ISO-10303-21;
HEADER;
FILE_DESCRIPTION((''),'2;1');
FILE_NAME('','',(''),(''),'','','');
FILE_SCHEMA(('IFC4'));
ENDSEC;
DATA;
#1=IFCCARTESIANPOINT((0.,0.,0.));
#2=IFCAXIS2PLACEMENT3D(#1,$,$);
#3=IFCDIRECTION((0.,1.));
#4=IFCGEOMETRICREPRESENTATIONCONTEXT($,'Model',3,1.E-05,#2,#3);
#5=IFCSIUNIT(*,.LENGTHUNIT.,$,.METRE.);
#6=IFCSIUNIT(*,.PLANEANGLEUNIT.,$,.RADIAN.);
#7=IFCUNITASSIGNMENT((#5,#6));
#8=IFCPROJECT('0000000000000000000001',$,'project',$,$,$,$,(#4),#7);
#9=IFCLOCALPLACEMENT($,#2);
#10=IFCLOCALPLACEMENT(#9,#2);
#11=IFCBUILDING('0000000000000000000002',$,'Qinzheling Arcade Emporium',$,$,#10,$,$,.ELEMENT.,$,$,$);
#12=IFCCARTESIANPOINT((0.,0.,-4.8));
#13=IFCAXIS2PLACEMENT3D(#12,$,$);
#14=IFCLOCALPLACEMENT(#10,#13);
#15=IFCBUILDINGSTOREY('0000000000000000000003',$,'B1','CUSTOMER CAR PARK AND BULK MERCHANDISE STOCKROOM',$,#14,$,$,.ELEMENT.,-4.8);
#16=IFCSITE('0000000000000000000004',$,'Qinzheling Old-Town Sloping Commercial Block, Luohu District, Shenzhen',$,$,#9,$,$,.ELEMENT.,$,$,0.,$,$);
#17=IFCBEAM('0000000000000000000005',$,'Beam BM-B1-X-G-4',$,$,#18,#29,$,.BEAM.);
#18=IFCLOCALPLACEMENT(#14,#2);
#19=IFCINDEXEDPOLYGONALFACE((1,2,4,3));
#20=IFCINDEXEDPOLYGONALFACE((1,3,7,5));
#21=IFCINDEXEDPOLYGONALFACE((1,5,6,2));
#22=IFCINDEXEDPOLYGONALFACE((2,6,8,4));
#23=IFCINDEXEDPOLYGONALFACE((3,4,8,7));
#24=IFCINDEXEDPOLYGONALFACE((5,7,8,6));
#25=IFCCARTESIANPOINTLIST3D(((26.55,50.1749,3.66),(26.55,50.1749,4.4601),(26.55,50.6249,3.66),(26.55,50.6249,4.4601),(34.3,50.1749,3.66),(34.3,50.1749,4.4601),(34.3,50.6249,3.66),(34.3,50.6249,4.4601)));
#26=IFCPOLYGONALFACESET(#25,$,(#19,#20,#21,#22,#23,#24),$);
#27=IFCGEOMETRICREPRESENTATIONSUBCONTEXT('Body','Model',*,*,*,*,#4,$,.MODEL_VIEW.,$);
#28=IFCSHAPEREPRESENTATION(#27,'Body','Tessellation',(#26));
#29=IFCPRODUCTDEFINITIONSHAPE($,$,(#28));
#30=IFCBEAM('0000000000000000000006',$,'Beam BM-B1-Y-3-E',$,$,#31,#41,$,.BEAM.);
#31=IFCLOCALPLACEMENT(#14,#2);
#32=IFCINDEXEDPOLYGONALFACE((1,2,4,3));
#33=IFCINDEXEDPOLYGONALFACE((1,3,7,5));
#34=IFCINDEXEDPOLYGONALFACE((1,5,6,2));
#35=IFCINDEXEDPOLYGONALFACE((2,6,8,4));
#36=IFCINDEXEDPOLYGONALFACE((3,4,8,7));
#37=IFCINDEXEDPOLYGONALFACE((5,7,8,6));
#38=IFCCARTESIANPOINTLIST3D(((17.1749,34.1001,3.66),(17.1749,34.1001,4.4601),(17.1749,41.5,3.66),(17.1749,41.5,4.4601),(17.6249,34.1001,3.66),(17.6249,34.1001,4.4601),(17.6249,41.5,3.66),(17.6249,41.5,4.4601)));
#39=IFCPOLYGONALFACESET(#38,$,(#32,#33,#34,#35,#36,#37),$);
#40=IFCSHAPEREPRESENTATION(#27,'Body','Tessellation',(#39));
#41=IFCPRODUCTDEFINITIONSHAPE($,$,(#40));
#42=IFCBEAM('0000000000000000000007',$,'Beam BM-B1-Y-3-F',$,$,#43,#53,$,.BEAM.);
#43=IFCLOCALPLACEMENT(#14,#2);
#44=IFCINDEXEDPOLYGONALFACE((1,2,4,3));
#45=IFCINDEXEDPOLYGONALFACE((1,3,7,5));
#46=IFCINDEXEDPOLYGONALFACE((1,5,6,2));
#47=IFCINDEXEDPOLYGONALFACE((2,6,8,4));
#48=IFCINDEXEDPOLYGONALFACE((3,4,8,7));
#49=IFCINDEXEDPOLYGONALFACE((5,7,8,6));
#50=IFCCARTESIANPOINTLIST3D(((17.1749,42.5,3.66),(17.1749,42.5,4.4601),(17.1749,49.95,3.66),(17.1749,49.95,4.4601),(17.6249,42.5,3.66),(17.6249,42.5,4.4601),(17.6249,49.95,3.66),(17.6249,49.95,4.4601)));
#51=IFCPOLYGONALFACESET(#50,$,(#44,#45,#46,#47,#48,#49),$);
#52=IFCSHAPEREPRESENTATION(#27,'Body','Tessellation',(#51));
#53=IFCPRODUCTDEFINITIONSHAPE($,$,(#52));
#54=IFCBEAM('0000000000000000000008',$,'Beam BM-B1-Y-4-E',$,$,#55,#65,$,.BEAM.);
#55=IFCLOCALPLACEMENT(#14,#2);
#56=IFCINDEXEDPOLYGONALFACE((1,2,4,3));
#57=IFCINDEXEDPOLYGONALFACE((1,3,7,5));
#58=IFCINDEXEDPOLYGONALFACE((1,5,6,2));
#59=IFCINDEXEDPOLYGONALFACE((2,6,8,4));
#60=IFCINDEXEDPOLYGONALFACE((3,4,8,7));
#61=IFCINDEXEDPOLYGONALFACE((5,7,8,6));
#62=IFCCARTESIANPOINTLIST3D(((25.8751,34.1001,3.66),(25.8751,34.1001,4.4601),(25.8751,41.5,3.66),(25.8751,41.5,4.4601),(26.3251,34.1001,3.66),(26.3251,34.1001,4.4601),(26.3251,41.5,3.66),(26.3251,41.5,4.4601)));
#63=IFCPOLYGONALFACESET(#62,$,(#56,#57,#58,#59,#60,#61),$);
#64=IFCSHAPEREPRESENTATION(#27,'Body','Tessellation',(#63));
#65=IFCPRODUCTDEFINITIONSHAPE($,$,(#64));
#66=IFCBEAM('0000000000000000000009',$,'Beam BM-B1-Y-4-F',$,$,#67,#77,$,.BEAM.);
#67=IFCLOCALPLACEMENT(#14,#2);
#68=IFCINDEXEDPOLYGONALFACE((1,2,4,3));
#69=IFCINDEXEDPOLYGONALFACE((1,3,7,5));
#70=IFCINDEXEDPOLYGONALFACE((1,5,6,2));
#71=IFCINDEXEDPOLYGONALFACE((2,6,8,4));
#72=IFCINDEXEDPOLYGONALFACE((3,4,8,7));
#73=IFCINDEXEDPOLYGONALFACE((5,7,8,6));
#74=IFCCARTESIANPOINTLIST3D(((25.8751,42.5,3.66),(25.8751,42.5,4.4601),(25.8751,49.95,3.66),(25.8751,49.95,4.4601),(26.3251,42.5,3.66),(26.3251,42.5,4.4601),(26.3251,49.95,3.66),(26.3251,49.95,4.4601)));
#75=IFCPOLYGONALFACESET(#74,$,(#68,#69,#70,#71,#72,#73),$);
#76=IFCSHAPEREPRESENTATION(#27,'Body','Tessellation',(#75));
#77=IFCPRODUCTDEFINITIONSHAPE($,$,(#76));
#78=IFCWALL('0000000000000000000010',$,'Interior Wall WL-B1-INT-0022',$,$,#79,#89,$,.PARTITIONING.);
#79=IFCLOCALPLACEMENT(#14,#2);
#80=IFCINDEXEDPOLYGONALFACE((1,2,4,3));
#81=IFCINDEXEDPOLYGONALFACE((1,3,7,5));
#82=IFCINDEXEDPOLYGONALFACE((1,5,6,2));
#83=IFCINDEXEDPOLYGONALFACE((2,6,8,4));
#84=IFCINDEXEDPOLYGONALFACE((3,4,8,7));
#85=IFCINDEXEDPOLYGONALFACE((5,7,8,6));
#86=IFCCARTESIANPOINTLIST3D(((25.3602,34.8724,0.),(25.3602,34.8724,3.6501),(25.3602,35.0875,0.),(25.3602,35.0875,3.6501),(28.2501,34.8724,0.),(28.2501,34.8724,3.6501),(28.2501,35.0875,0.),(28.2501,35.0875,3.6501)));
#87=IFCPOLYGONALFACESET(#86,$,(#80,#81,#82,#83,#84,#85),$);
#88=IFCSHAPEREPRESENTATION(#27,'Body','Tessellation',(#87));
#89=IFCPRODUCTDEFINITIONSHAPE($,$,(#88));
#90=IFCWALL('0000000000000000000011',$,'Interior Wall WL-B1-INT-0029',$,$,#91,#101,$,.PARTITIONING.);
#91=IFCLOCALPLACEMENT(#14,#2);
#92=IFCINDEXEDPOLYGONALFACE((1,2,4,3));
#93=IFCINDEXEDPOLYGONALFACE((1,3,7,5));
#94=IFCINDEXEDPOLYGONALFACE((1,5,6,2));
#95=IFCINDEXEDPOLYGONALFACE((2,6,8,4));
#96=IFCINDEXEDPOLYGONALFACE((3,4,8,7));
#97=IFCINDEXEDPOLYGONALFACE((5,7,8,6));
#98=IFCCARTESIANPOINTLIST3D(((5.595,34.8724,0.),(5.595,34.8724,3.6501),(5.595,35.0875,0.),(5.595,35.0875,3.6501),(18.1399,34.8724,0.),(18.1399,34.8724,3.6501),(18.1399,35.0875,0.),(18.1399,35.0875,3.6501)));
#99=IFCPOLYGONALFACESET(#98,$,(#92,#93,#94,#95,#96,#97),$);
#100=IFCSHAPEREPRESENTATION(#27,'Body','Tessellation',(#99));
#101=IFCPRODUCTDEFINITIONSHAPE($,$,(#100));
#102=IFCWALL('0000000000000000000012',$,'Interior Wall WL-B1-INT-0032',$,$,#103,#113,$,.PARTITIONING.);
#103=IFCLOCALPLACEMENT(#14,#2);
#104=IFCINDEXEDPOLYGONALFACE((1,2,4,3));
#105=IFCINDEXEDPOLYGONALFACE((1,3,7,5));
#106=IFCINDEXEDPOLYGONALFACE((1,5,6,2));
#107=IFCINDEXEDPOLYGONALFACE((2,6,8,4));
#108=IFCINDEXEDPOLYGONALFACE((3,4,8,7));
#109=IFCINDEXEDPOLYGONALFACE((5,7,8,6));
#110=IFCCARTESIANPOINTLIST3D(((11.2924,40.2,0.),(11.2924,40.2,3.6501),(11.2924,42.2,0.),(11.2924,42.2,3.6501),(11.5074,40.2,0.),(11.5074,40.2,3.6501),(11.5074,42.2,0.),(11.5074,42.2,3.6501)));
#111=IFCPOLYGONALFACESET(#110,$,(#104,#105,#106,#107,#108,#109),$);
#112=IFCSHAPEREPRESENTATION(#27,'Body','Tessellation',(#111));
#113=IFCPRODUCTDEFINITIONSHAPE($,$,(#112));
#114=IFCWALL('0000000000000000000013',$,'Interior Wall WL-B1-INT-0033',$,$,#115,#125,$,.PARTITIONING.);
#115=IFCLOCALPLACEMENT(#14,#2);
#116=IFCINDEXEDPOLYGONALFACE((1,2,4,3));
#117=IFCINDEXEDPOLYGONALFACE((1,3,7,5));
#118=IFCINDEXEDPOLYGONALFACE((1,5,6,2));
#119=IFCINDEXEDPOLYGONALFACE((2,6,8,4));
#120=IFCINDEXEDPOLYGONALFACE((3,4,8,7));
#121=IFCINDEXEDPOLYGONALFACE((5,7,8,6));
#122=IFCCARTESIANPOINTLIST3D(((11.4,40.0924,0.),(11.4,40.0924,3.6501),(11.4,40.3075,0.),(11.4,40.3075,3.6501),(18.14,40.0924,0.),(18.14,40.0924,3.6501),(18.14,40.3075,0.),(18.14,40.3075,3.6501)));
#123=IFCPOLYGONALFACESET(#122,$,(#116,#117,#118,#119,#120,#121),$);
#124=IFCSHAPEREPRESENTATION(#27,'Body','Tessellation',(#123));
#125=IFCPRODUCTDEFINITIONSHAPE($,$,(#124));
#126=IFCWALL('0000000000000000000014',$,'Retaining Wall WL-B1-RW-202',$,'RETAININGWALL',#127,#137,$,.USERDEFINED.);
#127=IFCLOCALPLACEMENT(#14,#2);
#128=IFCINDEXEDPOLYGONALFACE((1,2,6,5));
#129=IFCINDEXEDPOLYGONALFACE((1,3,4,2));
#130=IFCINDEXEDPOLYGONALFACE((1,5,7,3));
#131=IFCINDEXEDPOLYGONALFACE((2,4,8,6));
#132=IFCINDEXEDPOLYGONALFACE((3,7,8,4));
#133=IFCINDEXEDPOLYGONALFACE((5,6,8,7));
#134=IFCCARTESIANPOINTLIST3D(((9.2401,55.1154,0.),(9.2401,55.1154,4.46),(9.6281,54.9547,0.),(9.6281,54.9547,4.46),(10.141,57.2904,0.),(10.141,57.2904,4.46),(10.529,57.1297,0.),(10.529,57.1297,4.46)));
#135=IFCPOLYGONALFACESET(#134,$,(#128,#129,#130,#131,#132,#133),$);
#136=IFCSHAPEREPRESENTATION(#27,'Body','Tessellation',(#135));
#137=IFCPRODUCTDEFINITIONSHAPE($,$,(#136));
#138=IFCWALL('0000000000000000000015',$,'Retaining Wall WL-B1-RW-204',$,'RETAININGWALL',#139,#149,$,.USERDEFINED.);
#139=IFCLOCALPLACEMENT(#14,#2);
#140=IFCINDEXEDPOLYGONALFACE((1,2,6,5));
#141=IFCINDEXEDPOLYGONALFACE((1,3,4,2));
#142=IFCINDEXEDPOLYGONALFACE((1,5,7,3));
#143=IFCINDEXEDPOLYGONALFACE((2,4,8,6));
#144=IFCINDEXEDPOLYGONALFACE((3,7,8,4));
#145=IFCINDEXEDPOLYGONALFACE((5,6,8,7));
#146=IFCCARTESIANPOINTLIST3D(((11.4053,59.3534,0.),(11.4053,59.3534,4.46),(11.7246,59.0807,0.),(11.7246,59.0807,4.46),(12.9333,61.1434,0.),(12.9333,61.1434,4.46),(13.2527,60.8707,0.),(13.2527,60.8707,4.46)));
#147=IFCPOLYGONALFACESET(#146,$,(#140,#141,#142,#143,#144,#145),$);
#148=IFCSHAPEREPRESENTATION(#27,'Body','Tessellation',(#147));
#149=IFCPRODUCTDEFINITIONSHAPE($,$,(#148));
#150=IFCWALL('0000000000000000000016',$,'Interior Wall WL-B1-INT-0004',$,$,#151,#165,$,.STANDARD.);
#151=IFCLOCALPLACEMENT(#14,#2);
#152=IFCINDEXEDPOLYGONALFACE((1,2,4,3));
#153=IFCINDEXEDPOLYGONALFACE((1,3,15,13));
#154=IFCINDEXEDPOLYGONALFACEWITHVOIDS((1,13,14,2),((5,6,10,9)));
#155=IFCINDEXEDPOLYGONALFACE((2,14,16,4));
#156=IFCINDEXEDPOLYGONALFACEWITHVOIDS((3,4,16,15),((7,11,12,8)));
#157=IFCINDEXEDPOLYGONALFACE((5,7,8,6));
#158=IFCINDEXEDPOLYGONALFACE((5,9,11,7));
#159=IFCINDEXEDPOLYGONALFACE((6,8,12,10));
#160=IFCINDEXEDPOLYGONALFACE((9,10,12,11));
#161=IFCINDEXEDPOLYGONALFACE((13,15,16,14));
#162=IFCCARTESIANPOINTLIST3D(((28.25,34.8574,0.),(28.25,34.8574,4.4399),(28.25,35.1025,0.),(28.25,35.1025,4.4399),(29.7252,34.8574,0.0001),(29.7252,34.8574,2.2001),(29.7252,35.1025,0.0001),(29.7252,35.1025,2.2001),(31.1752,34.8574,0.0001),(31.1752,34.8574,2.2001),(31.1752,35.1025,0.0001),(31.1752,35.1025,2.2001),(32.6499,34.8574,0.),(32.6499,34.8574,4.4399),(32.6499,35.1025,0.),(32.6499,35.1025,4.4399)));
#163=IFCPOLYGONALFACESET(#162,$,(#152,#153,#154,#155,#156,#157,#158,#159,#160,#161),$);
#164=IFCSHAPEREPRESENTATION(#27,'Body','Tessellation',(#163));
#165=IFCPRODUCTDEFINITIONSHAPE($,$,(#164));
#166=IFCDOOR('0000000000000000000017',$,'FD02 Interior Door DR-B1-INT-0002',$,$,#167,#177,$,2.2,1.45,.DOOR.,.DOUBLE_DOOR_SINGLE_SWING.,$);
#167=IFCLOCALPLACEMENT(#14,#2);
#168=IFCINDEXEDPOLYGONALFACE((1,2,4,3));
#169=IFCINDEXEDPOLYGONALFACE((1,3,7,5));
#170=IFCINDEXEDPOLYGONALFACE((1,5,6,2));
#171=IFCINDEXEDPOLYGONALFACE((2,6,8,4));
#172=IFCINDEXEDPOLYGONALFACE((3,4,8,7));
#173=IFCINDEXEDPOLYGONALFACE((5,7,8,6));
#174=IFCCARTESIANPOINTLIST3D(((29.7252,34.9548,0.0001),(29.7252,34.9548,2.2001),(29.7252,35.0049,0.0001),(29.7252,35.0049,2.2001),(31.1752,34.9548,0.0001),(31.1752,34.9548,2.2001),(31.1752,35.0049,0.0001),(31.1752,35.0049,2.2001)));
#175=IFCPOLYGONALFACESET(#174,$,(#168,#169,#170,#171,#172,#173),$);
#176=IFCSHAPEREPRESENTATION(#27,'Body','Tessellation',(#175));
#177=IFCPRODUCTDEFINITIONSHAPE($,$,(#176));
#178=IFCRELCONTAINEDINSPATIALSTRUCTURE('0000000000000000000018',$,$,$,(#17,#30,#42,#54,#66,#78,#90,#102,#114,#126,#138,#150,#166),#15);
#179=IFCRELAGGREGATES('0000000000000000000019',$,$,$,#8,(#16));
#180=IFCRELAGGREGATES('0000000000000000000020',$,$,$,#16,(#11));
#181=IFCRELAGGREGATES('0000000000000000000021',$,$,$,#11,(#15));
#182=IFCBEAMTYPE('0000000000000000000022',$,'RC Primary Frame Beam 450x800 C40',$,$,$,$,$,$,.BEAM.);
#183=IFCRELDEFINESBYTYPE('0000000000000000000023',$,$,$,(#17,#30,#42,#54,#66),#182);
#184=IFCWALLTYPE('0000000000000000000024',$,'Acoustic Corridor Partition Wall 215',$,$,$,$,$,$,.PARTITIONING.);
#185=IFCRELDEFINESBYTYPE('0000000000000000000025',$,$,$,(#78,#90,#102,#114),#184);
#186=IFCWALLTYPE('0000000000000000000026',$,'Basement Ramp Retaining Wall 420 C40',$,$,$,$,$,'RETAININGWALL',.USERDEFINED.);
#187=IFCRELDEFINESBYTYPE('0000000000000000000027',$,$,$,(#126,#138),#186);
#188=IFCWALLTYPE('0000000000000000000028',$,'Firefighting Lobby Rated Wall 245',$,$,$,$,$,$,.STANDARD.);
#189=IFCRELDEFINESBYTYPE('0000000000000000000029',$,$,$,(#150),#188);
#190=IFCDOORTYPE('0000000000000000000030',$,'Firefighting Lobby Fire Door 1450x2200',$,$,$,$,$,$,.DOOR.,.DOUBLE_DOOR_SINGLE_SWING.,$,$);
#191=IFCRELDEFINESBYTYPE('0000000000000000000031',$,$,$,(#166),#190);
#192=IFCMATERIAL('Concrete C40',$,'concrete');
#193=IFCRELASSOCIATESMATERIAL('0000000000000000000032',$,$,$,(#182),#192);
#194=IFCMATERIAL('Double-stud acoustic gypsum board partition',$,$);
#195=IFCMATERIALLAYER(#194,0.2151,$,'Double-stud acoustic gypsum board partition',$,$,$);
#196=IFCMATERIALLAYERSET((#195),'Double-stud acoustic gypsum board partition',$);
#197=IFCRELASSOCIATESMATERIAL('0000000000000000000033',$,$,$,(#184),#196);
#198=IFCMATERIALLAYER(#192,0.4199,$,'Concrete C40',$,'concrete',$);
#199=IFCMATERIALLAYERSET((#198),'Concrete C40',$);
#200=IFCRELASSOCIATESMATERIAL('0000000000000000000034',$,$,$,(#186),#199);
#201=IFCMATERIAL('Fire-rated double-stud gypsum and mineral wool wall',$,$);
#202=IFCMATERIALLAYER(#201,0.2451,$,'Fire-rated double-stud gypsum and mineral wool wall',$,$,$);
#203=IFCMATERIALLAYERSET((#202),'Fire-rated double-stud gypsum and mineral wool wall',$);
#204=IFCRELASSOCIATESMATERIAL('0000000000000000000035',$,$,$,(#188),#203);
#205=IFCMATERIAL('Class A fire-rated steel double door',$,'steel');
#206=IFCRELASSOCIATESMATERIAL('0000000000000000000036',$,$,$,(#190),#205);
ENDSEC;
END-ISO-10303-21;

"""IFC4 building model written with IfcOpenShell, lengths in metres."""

from ifc_helpers import new_model, si_unit, direction, frame, frame_2d, origin, origin_2d, place, context, subcontext, project, spatial, rectangle, extrude, material, layer, layer_set, material_profile, profile_set, type_object, element, fill, save


model = new_model("IFC4")

# Units and contexts
model_context = context("Model", 3, precision=1e-05, world=origin(), true_north=direction((0.0, 1.0)))
body_context = subcontext(model_context, "Body", "Model", "MODEL_VIEW")
ifc_project = project(units=[si_unit("LENGTHUNIT", "METRE"), si_unit("PLANEANGLEUNIT", "RADIAN")], contexts=[model_context])

# Site, building, storey
site_placement = place(None, origin())
site = spatial("IfcSite", under=ifc_project, at=site_placement, Name="Qinzheling Old-Town Sloping Commercial Block, Luohu District, Shenzhen", CompositionType="ELEMENT", RefElevation=0.0)
building_placement = place(site_placement, origin())
building = spatial("IfcBuilding", under=site, at=building_placement, Name="Qinzheling Arcade Emporium", CompositionType="ELEMENT")
storey_placement = place(building_placement, frame((0.0, 0.0, -4.8)))
storey = spatial("IfcBuildingStorey", under=building, at=storey_placement, Name="B1", Description="CUSTOMER CAR PARK AND BULK MERCHANDISE STOCKROOM", CompositionType="ELEMENT", Elevation=-4.8)

# Beams
ifc_material_1 = material(Name="Concrete C40", Category="concrete")
ifc_material_profile_1 = material_profile(ifc_material_1, rectangle(XDim=0.45, YDim=0.8, at=origin_2d()), Name="RC 450x800", Category="concrete")
ifc_profile_set_1 = profile_set([ifc_material_profile_1], Name="Concrete C40")
beam_type_1 = type_object("IfcBeamType", Name="RC Primary Frame Beam 450x800 C40", PredefinedType="BEAM", material=ifc_profile_set_1)
beam_1_placement = place(storey_placement, frame((26.55, 50.3999, 4.0601), z_axis=(1.0, 0.0, 0.0), x_axis=(0.0, 1.0, 0.0)))
element("IfcBeam", 1, at=beam_1_placement, inside=storey, type_object=beam_type_1, Name="Beam BM-B1-X-G-4", PredefinedType="BEAM", context=body_context, shape_type="SweptSolid", body=[
    extrude(rectangle(XDim=0.45, YDim=0.8, at=origin_2d()), origin(), (0.0, 0.0, 1.0), 7.75),
])
beam_2_placement = place(storey_placement, frame((17.3999, 34.1001, 4.0601), z_axis=(0.0, 1.0, 0.0), x_axis=(-1.0, 0.0, 0.0)))
element("IfcBeam", 2, at=beam_2_placement, inside=storey, type_object=beam_type_1, Name="Beam BM-B1-Y-3-E", PredefinedType="BEAM", context=body_context, shape_type="SweptSolid", body=[
    extrude(rectangle(XDim=0.45, YDim=0.8, at=origin_2d()), origin(), (0.0, 0.0, 1.0), 7.3999),
])
beam_3_placement = place(storey_placement, frame((17.3999, 42.5, 4.0601), z_axis=(0.0, 1.0, 0.0), x_axis=(-1.0, 0.0, 0.0)))
element("IfcBeam", 3, at=beam_3_placement, inside=storey, type_object=beam_type_1, Name="Beam BM-B1-Y-3-F", PredefinedType="BEAM", context=body_context, shape_type="SweptSolid", body=[
    extrude(rectangle(XDim=0.45, YDim=0.8, at=origin_2d()), origin(), (0.0, 0.0, 1.0), 7.45),
])
beam_4_placement = place(storey_placement, frame((26.1001, 34.1001, 4.0601), z_axis=(0.0, 1.0, 0.0), x_axis=(-1.0, 0.0, 0.0)))
element("IfcBeam", 4, at=beam_4_placement, inside=storey, type_object=beam_type_1, Name="Beam BM-B1-Y-4-E", PredefinedType="BEAM", context=body_context, shape_type="SweptSolid", body=[
    extrude(rectangle(XDim=0.45, YDim=0.8, at=origin_2d()), origin(), (0.0, 0.0, 1.0), 7.3999),
])
beam_5_placement = place(storey_placement, frame((26.1001, 42.5, 4.0601), z_axis=(0.0, 1.0, 0.0), x_axis=(-1.0, 0.0, 0.0)))
element("IfcBeam", 5, at=beam_5_placement, inside=storey, type_object=beam_type_1, Name="Beam BM-B1-Y-4-F", PredefinedType="BEAM", context=body_context, shape_type="SweptSolid", body=[
    extrude(rectangle(XDim=0.45, YDim=0.8, at=origin_2d()), origin(), (0.0, 0.0, 1.0), 7.45),
])

# Walls
ifc_material_2 = material(Name="Double-stud acoustic gypsum board partition")
ifc_layer_1 = layer(ifc_material_2, 0.2151, Name="Double-stud acoustic gypsum board partition")
ifc_layer_set_1 = layer_set([ifc_layer_1], Name="Double-stud acoustic gypsum board partition")
wall_type_1 = type_object("IfcWallType", Name="Acoustic Corridor Partition Wall 215", PredefinedType="PARTITIONING", material=ifc_layer_set_1)
wall_1_placement = place(storey_placement, frame((28.25, 34.98, 0.0), z_axis=(0.0, 0.0, 1.0), x_axis=(-1.0, 0.0, 0.0)))
element("IfcWall", 6, at=wall_1_placement, inside=storey, type_object=wall_type_1, Name="Interior Wall WL-B1-INT-0022", PredefinedType="PARTITIONING", context=body_context, shape_type="SweptSolid", body=[
    extrude(rectangle(XDim=2.8899, YDim=0.2151, at=frame_2d((1.4448, 0.0))), origin(), (0.0, 0.0, 1.0), 3.6501),
])
wall_2_placement = place(storey_placement, frame((18.1399, 34.98, 0.0), z_axis=(0.0, 0.0, 1.0), x_axis=(-1.0, 0.0, 0.0)))
element("IfcWall", 7, at=wall_2_placement, inside=storey, type_object=wall_type_1, Name="Interior Wall WL-B1-INT-0029", PredefinedType="PARTITIONING", context=body_context, shape_type="SweptSolid", body=[
    extrude(rectangle(XDim=12.5449, YDim=0.2151, at=frame_2d((6.2725, 0.0))), origin(), (0.0, 0.0, 1.0), 3.6501),
])
wall_3_placement = place(storey_placement, frame((11.3999, 42.2, 0.0), z_axis=(0.0, 0.0, 1.0), x_axis=(0.0, -1.0, 0.0)))
element("IfcWall", 8, at=wall_3_placement, inside=storey, type_object=wall_type_1, Name="Interior Wall WL-B1-INT-0032", PredefinedType="PARTITIONING", context=body_context, shape_type="SweptSolid", body=[
    extrude(rectangle(XDim=2.0, YDim=0.2151, at=frame_2d((1.0, 0.0))), origin(), (0.0, 0.0, 1.0), 3.6501),
])
wall_4_placement = place(storey_placement, frame((11.3999, 40.2, 0.0), z_axis=(0.0, 0.0, 1.0), x_axis=(1.0, 0.0, 0.0)))
element("IfcWall", 9, at=wall_4_placement, inside=storey, type_object=wall_type_1, Name="Interior Wall WL-B1-INT-0033", PredefinedType="PARTITIONING", context=body_context, shape_type="SweptSolid", body=[
    extrude(rectangle(XDim=6.74, YDim=0.2151, at=frame_2d((3.3701, 0.0))), origin(), (0.0, 0.0, 1.0), 3.6501),
])
ifc_layer_2 = layer(ifc_material_1, 0.4199, Name="Concrete C40", Category="concrete")
ifc_layer_set_2 = layer_set([ifc_layer_2], Name="Concrete C40")
wall_type_2 = type_object("IfcWallType", Name="Basement Ramp Retaining Wall 420 C40", ElementType="RETAININGWALL", PredefinedType="USERDEFINED", material=ifc_layer_set_2)
wall_5_placement = place(storey_placement, frame((9.4341, 55.0349, 0.0), z_axis=(0.0, 0.0, 1.0), x_axis=(0.382663, 0.923888, 0.0)))
element("IfcWall", 10, at=wall_5_placement, inside=storey, type_object=wall_type_2, Name="Retaining Wall WL-B1-RW-202", ObjectType="RETAININGWALL", PredefinedType="USERDEFINED", context=body_context, shape_type="SweptSolid", body=[
    extrude(rectangle(XDim=2.3542, YDim=0.4199, at=frame_2d((1.1772, 0.0))), origin(), (0.0, 0.0, 1.0), 4.46),
])
wall_6_placement = place(storey_placement, frame((11.5649, 59.217, 0.0), z_axis=(0.0, 0.0, 1.0), x_axis=(0.649261, 0.760566, 0.0)))
element("IfcWall", 11, at=wall_6_placement, inside=storey, type_object=wall_type_2, Name="Retaining Wall WL-B1-RW-204", ObjectType="RETAININGWALL", PredefinedType="USERDEFINED", context=body_context, shape_type="SweptSolid", body=[
    extrude(rectangle(XDim=2.3535, YDim=0.4199, at=frame_2d((1.1768, 0.0))), origin(), (0.0, 0.0, 1.0), 4.46),
])

# Wall, opening, door
ifc_material_3 = material(Name="Fire-rated double-stud gypsum and mineral wool wall")
ifc_layer_3 = layer(ifc_material_3, 0.2451, Name="Fire-rated double-stud gypsum and mineral wool wall")
ifc_layer_set_3 = layer_set([ifc_layer_3], Name="Fire-rated double-stud gypsum and mineral wool wall")
wall_type_3 = type_object("IfcWallType", Name="Firefighting Lobby Rated Wall 245", PredefinedType="STANDARD", material=ifc_layer_set_3)
wall_7_placement = place(storey_placement, frame((28.25, 34.98, 0.0), z_axis=(0.0, 0.0, 1.0), x_axis=(1.0, 0.0, 0.0)))
wall_7 = element("IfcWall", 12, at=wall_7_placement, inside=storey, type_object=wall_type_3, Name="Interior Wall WL-B1-INT-0004", PredefinedType="STANDARD", context=body_context, shape_type="SweptSolid", body=[
    extrude(rectangle(XDim=4.3999, YDim=0.2451, at=frame_2d((2.2, 0.0))), origin(), (0.0, 0.0, 1.0), 4.4399),
])
opening_1_placement = place(wall_7_placement, frame((1.4751, 0.0, 0.0)))
opening_1 = element("IfcOpeningElement", 13, at=opening_1_placement, cuts=wall_7, PredefinedType="OPENING", context=body_context, shape_type="SweptSolid", body=[
    extrude(rectangle(XDim=1.45, YDim=2.2, at=frame_2d((0.7251, 1.1001))), frame((0.0, 0.1326, 0.0), z_axis=(0.0, -1.0, 0.0), x_axis=(1.0, 0.0, 0.0)), (0.0, 0.0, 1.0), 0.2651),
])
ifc_material_4 = material(Name="Class A fire-rated steel double door", Category="steel")
door_type_1 = type_object("IfcDoorType", Name="Firefighting Lobby Fire Door 1450x2200", OperationType="DOUBLE_DOOR_SINGLE_SWING", PredefinedType="DOOR", material=ifc_material_4)
door_1_placement = place(opening_1_placement, origin())
door_1 = element("IfcDoor", 14, at=door_1_placement, inside=storey, type_object=door_type_1, Name="FD02 Interior Door DR-B1-INT-0002", OperationType="DOUBLE_DOOR_SINGLE_SWING", OverallHeight=2.2, OverallWidth=1.45, PredefinedType="DOOR", context=body_context, shape_type="SweptSolid", body=[
    extrude(rectangle(XDim=1.45, YDim=2.2, at=frame_2d((0.7251, 1.1001))), frame((0.0, 0.0249, 0.0), z_axis=(0.0, -1.0, 0.0), x_axis=(1.0, 0.0, 0.0)), (0.0, 0.0, 1.0), 0.05),
])
fill(opening_1, door_1)

save(model, "model.ifc")
